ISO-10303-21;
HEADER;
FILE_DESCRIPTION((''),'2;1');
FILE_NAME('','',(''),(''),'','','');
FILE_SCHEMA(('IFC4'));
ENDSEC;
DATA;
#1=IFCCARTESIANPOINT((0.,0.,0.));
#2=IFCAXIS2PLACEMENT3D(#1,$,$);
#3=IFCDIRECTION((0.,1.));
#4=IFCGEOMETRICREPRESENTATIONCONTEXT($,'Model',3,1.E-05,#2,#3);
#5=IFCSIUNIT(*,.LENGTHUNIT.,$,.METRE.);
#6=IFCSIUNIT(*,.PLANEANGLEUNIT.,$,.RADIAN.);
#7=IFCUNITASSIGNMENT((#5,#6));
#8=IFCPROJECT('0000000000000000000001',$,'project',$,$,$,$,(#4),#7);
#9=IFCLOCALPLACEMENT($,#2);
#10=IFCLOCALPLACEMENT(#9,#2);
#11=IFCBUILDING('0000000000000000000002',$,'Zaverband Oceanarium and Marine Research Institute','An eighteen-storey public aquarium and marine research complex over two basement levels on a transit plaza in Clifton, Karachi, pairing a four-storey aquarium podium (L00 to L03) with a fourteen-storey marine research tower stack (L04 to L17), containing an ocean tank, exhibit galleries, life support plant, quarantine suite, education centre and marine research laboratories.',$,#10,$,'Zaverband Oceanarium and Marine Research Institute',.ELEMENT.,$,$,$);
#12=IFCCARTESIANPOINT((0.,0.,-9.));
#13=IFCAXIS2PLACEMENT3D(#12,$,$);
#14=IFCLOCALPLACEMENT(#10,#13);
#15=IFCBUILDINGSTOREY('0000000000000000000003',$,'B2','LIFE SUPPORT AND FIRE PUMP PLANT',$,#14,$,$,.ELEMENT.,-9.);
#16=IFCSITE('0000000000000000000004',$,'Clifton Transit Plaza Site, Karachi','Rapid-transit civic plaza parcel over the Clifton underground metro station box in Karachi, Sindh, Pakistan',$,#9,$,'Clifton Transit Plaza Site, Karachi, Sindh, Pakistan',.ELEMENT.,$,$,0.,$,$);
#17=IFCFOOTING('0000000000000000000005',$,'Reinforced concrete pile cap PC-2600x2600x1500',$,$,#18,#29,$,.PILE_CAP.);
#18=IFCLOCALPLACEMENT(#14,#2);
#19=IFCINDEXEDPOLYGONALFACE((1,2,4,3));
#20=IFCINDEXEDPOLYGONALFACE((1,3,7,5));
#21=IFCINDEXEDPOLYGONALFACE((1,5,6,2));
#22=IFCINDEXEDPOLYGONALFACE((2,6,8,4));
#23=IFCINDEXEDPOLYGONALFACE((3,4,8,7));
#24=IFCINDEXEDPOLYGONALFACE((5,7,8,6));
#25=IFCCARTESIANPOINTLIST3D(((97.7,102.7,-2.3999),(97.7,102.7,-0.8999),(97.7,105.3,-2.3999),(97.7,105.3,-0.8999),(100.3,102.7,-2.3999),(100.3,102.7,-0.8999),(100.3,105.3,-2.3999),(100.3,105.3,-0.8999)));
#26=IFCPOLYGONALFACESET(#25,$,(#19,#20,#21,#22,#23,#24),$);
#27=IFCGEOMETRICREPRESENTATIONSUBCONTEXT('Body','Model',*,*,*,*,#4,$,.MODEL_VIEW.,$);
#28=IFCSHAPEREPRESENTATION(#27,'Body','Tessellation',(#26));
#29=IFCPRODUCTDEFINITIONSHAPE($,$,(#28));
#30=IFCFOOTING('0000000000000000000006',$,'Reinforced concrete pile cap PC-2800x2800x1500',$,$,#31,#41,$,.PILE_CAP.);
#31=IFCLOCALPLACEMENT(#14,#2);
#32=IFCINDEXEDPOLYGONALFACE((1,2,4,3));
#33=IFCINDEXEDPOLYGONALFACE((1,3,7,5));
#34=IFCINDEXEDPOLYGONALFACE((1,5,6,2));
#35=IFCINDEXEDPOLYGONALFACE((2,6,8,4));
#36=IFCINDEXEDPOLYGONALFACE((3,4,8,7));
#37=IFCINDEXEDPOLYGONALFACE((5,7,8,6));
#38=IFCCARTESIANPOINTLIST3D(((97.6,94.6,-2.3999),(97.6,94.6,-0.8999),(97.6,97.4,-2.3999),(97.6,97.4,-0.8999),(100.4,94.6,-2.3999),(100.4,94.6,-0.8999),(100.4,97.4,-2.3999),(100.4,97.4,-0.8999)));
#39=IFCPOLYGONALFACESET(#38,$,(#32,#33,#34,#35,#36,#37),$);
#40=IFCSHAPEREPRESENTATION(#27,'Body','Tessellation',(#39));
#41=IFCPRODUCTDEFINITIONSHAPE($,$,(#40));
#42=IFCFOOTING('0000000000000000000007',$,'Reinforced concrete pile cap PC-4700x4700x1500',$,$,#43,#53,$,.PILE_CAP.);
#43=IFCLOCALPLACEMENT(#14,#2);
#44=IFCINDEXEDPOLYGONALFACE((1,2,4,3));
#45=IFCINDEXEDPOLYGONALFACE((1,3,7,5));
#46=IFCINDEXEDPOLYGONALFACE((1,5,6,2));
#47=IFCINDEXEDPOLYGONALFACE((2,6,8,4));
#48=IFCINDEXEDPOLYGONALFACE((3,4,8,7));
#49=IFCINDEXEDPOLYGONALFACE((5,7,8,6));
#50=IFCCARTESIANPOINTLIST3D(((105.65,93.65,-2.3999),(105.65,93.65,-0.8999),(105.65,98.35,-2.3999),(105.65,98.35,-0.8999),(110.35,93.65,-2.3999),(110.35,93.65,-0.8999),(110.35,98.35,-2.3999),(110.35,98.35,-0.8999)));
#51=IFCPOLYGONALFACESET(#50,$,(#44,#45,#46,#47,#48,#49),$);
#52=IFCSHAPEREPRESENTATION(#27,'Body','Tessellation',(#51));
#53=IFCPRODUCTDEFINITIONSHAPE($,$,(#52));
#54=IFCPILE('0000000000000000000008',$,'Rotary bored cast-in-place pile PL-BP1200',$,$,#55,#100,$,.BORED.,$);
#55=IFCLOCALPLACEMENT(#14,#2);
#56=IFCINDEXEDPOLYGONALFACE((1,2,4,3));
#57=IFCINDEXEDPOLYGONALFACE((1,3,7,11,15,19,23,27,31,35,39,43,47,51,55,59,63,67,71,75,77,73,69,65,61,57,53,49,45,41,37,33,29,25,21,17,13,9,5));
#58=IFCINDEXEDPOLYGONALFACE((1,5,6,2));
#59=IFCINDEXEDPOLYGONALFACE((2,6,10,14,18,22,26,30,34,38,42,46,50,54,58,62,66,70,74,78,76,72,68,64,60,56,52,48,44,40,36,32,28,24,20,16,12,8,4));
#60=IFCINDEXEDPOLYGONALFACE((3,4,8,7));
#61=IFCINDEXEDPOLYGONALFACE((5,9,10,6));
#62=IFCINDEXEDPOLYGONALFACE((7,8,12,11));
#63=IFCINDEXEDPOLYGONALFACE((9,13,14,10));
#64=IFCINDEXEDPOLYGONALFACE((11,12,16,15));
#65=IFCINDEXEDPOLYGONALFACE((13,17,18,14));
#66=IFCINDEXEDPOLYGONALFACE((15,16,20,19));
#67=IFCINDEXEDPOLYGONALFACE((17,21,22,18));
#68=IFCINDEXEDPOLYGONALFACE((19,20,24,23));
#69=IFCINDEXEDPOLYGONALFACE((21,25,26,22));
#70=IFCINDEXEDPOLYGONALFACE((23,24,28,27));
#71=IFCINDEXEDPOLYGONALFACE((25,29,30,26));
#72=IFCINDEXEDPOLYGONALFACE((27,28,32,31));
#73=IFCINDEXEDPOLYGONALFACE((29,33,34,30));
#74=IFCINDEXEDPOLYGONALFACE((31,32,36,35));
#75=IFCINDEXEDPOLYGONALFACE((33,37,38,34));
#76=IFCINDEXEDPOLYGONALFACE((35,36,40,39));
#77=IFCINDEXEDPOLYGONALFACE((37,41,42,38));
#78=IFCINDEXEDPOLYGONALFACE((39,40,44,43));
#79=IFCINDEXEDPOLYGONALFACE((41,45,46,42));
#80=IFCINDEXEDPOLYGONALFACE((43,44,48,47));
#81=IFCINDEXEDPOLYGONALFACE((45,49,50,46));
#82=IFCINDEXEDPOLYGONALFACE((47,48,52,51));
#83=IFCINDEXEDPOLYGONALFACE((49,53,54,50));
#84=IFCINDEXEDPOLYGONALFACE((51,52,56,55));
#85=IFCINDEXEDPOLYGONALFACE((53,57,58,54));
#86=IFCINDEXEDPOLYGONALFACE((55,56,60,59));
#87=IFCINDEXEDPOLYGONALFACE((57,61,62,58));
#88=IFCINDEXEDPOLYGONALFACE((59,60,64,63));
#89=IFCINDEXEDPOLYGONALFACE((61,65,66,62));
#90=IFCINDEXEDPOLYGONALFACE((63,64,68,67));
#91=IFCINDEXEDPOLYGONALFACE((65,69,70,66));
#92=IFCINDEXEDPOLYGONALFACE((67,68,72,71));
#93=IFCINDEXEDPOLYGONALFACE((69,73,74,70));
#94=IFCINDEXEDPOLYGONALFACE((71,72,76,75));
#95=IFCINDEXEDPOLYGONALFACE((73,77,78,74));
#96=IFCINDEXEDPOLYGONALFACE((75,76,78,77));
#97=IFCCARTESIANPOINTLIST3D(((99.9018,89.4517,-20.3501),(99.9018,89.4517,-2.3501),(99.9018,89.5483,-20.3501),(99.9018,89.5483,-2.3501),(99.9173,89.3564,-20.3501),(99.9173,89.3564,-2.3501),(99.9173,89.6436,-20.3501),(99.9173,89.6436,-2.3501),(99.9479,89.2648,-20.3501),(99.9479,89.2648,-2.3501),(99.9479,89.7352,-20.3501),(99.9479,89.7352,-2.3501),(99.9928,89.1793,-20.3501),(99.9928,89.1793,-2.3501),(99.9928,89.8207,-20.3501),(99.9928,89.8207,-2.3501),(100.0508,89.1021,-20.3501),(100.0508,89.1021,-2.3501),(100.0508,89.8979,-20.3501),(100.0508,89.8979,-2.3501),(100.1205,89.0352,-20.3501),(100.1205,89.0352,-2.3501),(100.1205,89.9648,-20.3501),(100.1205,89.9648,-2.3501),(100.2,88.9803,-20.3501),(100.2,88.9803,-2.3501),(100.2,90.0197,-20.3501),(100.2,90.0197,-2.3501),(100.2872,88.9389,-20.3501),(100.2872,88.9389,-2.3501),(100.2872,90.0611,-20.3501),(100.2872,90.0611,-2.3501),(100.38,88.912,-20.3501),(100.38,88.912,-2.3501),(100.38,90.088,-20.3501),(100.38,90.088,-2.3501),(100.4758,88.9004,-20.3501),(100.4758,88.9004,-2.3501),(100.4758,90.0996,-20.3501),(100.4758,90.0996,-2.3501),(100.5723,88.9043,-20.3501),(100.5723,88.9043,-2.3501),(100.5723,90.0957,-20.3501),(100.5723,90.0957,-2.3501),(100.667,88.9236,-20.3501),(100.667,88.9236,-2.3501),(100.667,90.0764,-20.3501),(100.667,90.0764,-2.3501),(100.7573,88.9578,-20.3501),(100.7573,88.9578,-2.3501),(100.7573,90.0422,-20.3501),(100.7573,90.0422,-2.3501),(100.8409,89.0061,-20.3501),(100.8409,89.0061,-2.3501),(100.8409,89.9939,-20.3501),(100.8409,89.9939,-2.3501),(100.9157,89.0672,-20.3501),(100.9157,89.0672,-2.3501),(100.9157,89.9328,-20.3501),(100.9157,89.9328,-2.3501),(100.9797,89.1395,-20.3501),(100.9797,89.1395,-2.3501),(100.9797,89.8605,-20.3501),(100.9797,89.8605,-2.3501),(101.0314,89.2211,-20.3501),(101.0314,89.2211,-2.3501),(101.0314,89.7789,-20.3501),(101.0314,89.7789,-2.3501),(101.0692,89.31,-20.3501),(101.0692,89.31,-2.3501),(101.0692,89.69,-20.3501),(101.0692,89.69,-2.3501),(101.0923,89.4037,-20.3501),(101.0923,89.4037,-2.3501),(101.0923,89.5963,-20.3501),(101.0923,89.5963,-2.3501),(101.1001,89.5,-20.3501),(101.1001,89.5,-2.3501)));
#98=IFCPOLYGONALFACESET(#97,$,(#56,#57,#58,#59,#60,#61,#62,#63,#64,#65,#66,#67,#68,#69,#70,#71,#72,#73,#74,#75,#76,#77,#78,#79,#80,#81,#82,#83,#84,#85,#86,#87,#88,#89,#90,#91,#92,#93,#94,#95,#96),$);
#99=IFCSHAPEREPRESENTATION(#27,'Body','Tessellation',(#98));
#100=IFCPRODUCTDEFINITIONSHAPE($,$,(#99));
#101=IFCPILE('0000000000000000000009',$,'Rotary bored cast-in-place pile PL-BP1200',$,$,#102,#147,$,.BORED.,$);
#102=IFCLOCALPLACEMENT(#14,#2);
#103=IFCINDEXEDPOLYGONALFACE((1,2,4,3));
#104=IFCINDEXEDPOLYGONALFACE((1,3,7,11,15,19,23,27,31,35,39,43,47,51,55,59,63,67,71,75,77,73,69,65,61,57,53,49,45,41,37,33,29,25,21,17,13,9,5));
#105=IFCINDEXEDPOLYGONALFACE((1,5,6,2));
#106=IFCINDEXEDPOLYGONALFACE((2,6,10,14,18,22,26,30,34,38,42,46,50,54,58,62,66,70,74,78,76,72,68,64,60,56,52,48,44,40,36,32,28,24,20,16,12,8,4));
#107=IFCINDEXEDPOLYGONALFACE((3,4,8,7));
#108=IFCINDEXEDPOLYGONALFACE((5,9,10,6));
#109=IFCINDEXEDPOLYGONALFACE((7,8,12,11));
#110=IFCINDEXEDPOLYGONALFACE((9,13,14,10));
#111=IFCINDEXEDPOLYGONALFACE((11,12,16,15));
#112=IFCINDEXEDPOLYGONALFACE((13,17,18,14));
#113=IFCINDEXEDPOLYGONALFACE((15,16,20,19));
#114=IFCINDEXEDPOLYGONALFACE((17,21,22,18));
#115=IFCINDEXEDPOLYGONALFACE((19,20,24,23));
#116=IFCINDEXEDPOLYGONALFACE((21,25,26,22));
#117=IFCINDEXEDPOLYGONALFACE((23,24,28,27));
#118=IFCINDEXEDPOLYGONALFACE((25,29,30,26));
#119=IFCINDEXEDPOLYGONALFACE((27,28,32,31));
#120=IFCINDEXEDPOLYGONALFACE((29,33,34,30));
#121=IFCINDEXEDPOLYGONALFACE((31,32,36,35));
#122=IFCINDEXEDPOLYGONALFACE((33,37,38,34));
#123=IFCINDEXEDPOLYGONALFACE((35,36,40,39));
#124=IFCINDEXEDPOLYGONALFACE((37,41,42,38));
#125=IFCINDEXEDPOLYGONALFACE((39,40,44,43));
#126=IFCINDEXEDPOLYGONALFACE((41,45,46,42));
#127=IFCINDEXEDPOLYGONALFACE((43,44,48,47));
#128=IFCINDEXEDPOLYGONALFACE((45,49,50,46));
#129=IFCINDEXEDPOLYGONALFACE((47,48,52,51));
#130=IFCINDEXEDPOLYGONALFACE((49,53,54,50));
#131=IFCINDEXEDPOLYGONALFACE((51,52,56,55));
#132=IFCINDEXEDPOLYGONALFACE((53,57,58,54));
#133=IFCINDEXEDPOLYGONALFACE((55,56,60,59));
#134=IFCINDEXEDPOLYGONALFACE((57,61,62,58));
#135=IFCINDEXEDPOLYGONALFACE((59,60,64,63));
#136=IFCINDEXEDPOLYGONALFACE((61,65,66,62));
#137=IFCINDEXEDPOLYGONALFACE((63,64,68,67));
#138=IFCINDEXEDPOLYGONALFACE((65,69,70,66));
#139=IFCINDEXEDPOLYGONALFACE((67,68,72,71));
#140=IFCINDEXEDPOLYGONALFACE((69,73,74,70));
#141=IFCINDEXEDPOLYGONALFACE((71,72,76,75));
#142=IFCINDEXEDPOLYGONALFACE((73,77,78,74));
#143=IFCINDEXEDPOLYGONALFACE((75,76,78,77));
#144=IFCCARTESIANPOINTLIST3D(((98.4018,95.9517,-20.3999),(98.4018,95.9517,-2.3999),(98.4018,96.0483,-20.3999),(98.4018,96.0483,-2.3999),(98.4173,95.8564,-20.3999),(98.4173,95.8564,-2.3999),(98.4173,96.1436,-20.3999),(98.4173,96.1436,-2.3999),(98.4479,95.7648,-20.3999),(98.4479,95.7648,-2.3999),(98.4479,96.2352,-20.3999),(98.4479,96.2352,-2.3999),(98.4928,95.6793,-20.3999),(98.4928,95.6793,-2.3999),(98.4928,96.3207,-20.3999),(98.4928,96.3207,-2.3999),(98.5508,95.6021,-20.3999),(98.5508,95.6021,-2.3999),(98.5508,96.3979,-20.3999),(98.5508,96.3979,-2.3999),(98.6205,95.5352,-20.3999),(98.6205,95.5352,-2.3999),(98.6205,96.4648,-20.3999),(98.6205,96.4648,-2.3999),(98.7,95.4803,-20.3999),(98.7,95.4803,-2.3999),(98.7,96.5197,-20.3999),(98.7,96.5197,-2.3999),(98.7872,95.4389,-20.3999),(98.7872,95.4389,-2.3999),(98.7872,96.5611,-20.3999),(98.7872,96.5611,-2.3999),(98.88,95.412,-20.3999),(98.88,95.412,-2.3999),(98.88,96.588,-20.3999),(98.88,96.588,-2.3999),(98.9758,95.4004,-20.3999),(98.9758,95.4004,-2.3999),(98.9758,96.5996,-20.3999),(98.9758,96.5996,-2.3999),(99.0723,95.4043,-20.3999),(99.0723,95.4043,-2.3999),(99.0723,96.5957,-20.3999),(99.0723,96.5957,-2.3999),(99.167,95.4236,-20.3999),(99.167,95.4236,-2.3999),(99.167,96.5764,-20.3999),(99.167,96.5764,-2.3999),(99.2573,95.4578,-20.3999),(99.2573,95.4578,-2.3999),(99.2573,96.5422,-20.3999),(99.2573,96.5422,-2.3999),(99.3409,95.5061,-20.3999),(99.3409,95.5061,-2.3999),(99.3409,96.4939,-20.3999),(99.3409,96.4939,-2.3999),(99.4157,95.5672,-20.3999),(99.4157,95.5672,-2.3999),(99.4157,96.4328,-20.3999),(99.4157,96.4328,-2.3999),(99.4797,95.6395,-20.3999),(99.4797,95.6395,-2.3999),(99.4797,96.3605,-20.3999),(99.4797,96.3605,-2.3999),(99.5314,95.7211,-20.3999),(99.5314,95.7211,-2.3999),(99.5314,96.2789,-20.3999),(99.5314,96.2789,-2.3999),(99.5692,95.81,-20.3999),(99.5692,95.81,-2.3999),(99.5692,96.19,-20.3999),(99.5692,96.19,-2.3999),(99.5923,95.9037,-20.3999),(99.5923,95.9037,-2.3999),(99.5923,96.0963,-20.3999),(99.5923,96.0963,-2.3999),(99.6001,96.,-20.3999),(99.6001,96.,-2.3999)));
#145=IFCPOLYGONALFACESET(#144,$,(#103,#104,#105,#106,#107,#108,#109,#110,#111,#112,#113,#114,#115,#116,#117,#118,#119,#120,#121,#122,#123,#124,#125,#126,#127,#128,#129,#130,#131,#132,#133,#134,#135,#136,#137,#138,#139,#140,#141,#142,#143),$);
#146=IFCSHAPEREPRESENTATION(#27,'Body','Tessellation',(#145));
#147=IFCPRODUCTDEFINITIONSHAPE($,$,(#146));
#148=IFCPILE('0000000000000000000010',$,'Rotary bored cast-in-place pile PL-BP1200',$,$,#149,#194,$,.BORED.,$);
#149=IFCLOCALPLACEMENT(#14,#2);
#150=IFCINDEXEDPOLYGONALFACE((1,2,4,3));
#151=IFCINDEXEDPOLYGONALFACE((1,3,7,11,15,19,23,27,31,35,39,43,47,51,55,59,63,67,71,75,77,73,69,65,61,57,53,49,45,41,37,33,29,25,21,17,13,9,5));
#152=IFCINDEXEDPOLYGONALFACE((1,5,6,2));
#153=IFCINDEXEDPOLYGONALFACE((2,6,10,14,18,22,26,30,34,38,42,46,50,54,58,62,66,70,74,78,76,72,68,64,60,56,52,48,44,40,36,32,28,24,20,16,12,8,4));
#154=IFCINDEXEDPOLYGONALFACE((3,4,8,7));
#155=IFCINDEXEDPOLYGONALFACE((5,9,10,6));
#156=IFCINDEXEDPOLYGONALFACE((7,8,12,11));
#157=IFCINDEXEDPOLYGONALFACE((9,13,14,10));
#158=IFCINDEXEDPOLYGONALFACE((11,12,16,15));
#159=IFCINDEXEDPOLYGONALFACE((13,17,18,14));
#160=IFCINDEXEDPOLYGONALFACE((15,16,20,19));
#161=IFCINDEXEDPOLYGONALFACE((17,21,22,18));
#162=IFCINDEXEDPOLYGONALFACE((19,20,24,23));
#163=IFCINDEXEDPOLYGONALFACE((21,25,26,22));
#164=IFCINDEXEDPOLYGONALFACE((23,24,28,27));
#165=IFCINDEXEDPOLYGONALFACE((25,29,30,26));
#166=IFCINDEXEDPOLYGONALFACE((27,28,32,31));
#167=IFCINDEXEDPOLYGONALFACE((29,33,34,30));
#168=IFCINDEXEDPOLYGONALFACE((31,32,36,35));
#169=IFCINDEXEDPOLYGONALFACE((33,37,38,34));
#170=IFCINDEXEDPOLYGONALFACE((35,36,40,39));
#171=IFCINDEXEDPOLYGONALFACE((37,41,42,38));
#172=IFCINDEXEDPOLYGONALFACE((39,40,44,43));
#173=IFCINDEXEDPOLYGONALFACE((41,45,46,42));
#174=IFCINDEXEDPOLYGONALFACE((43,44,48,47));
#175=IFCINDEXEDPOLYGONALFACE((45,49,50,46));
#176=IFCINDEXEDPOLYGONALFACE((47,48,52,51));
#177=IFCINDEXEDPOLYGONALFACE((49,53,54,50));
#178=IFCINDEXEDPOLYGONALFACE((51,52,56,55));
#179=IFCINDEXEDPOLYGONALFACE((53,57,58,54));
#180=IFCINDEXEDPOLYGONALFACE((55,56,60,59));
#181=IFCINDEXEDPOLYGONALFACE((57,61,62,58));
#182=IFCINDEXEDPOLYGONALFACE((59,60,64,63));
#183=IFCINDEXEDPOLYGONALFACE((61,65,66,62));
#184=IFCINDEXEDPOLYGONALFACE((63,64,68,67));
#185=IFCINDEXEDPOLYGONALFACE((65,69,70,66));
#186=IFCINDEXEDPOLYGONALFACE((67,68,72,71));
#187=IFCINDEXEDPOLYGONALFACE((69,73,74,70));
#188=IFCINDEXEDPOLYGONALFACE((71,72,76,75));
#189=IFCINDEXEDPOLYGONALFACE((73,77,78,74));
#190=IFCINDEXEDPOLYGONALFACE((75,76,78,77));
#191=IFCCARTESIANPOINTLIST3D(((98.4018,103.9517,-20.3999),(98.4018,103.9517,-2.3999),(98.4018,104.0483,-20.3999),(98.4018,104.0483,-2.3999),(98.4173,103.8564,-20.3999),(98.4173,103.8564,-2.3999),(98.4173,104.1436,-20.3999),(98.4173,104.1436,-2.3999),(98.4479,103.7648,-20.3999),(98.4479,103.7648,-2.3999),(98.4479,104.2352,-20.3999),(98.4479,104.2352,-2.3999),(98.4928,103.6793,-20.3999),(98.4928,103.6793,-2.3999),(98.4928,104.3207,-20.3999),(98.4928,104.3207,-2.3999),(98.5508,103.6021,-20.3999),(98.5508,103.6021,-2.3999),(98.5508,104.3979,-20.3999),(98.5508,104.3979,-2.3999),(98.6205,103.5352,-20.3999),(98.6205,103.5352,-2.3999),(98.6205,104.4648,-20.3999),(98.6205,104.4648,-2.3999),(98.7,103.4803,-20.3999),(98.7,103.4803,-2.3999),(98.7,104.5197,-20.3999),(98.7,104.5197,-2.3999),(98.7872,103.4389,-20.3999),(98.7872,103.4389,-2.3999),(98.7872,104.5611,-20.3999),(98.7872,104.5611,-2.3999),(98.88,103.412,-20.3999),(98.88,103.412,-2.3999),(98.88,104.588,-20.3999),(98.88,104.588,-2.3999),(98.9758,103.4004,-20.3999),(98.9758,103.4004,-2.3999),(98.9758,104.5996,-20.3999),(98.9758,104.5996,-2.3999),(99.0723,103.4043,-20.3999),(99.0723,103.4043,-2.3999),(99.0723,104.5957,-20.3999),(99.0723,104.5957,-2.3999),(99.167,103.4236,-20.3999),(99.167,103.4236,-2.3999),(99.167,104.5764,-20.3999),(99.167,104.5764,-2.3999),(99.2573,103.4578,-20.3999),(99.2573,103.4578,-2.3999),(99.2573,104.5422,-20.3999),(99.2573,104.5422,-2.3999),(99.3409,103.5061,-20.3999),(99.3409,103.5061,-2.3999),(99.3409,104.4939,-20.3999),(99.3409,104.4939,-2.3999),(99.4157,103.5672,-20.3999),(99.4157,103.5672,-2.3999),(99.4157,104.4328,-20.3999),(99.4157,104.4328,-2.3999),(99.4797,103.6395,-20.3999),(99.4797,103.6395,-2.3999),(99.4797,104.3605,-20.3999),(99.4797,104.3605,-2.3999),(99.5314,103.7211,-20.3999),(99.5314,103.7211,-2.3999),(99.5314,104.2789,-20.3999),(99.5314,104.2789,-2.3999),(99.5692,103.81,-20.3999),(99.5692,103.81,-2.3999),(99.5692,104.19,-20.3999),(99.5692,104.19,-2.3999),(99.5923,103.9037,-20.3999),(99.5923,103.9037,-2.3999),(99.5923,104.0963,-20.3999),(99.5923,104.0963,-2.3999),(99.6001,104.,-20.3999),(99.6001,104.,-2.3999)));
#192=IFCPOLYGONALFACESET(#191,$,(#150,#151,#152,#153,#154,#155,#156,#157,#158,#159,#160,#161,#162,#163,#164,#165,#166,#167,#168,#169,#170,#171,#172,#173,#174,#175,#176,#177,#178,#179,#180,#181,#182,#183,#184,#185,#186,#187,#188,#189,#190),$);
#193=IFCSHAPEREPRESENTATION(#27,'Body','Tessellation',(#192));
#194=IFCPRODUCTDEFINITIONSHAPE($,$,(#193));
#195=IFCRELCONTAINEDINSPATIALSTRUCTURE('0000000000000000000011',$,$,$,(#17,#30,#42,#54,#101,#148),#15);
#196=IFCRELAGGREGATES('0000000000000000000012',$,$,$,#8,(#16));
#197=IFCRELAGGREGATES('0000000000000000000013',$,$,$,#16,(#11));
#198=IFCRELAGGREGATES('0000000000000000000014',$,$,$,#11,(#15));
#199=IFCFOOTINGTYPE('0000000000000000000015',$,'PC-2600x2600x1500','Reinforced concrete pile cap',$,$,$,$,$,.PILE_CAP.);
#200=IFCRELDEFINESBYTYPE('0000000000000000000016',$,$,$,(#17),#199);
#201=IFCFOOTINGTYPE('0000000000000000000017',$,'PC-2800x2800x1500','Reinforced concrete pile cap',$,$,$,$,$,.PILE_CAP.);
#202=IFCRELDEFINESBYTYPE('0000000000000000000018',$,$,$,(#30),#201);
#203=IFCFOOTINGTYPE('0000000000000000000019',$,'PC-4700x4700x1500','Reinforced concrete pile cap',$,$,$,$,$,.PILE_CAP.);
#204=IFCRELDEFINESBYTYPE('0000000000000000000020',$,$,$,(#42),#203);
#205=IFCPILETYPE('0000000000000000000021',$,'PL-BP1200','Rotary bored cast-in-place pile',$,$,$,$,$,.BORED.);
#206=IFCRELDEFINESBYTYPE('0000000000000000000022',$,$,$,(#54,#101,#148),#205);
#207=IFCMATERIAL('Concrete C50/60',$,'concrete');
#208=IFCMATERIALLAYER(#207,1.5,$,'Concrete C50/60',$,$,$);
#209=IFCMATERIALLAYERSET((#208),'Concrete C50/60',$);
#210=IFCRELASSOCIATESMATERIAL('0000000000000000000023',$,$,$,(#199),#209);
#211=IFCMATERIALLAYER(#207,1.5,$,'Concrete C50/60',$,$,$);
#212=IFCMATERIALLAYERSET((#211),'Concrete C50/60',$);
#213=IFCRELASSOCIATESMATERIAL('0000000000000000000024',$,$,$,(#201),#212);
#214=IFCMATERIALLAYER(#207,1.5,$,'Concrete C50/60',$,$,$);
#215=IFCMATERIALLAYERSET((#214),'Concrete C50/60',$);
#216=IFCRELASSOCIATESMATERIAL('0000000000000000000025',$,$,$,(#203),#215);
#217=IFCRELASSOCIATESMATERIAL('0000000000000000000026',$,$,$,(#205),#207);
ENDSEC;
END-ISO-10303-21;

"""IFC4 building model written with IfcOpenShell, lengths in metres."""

from ifc_helpers import new_model, si_unit, direction, frame, origin, origin_2d, place, context, subcontext, project, spatial, rectangle, circle, extrude, material, layer, layer_set, material_profile, profile_set, type_object, element, save


model = new_model("IFC4")

# Units and contexts
model_context = context("Model", 3, precision=1e-05, world=origin(), true_north=direction((0.0, 1.0)))
body_context = subcontext(model_context, "Body", "Model", "MODEL_VIEW")
ifc_project = project(units=[si_unit("LENGTHUNIT", "METRE"), si_unit("PLANEANGLEUNIT", "RADIAN")], contexts=[model_context])

# Site, building, storey
site_placement = place(None, origin())
site = spatial("IfcSite", under=ifc_project, at=site_placement, Name="Clifton Transit Plaza Site, Karachi", Description="Rapid-transit civic plaza parcel over the Clifton underground metro station box in Karachi, Sindh, Pakistan", LongName="Clifton Transit Plaza Site, Karachi, Sindh, Pakistan", CompositionType="ELEMENT", RefElevation=0.0)
building_placement = place(site_placement, origin())
building = spatial("IfcBuilding", under=site, at=building_placement, Name="Zaverband Oceanarium and Marine Research Institute", Description="An eighteen-storey public aquarium and marine research complex over two basement levels on a transit plaza in Clifton, Karachi, pairing a four-storey aquarium podium (L00 to L03) with a fourteen-storey marine research tower stack (L04 to L17), containing an ocean tank, exhibit galleries, life support plant, quarantine suite, education centre and marine research laboratories.", LongName="Zaverband Oceanarium and Marine Research Institute", CompositionType="ELEMENT")
storey_placement = place(building_placement, frame((0.0, 0.0, -9.0)))
storey = spatial("IfcBuildingStorey", under=building, at=storey_placement, Name="B2", Description="LIFE SUPPORT AND FIRE PUMP PLANT", CompositionType="ELEMENT", Elevation=-9.0)

# Footings
ifc_material_1 = material(Name="Concrete C50/60", Category="concrete")
ifc_layer_1 = layer(ifc_material_1, 1.5, Name="Concrete C50/60")
ifc_layer_set_1 = layer_set([ifc_layer_1], Name="Concrete C50/60")
footing_type_1 = type_object("IfcFootingType", Name="PC-2600x2600x1500", Description="Reinforced concrete pile cap", PredefinedType="PILE_CAP", material=ifc_layer_set_1)
footing_1_placement = place(storey_placement, frame((99.0, 104.0, -2.3999), z_axis=(0.0, 0.0, 1.0), x_axis=(1.0, 0.0, 0.0)))
element("IfcFooting", 1, at=footing_1_placement, inside=storey, type_object=footing_type_1, Name="Reinforced concrete pile cap PC-2600x2600x1500", PredefinedType="PILE_CAP", context=body_context, shape_type="SweptSolid", body=[
    extrude(rectangle(XDim=2.6001, YDim=2.6001, at=origin_2d()), origin(), (0.0, 0.0, 1.0), 1.5),
])
ifc_layer_2 = layer(ifc_material_1, 1.5, Name="Concrete C50/60")
ifc_layer_set_2 = layer_set([ifc_layer_2], Name="Concrete C50/60")
footing_type_2 = type_object("IfcFootingType", Name="PC-2800x2800x1500", Description="Reinforced concrete pile cap", PredefinedType="PILE_CAP", material=ifc_layer_set_2)
footing_2_placement = place(storey_placement, frame((99.0, 96.0, -2.3999), z_axis=(0.0, 0.0, 1.0), x_axis=(1.0, 0.0, 0.0)))
element("IfcFooting", 2, at=footing_2_placement, inside=storey, type_object=footing_type_2, Name="Reinforced concrete pile cap PC-2800x2800x1500", PredefinedType="PILE_CAP", context=body_context, shape_type="SweptSolid", body=[
    extrude(rectangle(XDim=2.8, YDim=2.8, at=origin_2d()), origin(), (0.0, 0.0, 1.0), 1.5),
])
ifc_layer_3 = layer(ifc_material_1, 1.5, Name="Concrete C50/60")
ifc_layer_set_3 = layer_set([ifc_layer_3], Name="Concrete C50/60")
footing_type_3 = type_object("IfcFootingType", Name="PC-4700x4700x1500", Description="Reinforced concrete pile cap", PredefinedType="PILE_CAP", material=ifc_layer_set_3)
footing_3_placement = place(storey_placement, frame((108.0, 96.0, -2.3999), z_axis=(0.0, 0.0, 1.0), x_axis=(1.0, 0.0, 0.0)))
element("IfcFooting", 3, at=footing_3_placement, inside=storey, type_object=footing_type_3, Name="Reinforced concrete pile cap PC-4700x4700x1500", PredefinedType="PILE_CAP", context=body_context, shape_type="SweptSolid", body=[
    extrude(rectangle(XDim=4.7, YDim=4.7, at=origin_2d()), origin(), (0.0, 0.0, 1.0), 1.5),
])

# Piles
ifc_material_profile_1 = material_profile(ifc_material_1, circle(Radius=0.6001, at=origin_2d()), Name="BP1200")
ifc_profile_set_1 = profile_set([ifc_material_profile_1], Name="Concrete C50/60")
pile_type = type_object("IfcPileType", Name="PL-BP1200", Description="Rotary bored cast-in-place pile", PredefinedType="BORED", material=ifc_profile_set_1)
for number, where, z_axis, x_axis, name in (
    (4, (100.5, 89.5, -2.3501), (0.0, 0.0, -1.0), (1.0, 0.0, 0.0), "Rotary bored cast-in-place pile PL-BP1200"),
    (5, (99.0, 96.0, -2.3999), (0.0, 0.0, -1.0), (1.0, 0.0, 0.0), "Rotary bored cast-in-place pile PL-BP1200"),
    (6, (99.0, 104.0, -2.3999), (0.0, 0.0, -1.0), (1.0, 0.0, 0.0), "Rotary bored cast-in-place pile PL-BP1200"),
):
    element("IfcPile", number, at=place(storey_placement, frame(where, z_axis=z_axis, x_axis=x_axis)), inside=storey, type_object=pile_type, Name=name, PredefinedType="BORED", context=body_context, shape_type="SweptSolid", body=[
        extrude(circle(Radius=0.6001, at=origin_2d()), origin(), (0.0, 0.0, 1.0), 18.0),
    ])

save(model, "model.ifc")
